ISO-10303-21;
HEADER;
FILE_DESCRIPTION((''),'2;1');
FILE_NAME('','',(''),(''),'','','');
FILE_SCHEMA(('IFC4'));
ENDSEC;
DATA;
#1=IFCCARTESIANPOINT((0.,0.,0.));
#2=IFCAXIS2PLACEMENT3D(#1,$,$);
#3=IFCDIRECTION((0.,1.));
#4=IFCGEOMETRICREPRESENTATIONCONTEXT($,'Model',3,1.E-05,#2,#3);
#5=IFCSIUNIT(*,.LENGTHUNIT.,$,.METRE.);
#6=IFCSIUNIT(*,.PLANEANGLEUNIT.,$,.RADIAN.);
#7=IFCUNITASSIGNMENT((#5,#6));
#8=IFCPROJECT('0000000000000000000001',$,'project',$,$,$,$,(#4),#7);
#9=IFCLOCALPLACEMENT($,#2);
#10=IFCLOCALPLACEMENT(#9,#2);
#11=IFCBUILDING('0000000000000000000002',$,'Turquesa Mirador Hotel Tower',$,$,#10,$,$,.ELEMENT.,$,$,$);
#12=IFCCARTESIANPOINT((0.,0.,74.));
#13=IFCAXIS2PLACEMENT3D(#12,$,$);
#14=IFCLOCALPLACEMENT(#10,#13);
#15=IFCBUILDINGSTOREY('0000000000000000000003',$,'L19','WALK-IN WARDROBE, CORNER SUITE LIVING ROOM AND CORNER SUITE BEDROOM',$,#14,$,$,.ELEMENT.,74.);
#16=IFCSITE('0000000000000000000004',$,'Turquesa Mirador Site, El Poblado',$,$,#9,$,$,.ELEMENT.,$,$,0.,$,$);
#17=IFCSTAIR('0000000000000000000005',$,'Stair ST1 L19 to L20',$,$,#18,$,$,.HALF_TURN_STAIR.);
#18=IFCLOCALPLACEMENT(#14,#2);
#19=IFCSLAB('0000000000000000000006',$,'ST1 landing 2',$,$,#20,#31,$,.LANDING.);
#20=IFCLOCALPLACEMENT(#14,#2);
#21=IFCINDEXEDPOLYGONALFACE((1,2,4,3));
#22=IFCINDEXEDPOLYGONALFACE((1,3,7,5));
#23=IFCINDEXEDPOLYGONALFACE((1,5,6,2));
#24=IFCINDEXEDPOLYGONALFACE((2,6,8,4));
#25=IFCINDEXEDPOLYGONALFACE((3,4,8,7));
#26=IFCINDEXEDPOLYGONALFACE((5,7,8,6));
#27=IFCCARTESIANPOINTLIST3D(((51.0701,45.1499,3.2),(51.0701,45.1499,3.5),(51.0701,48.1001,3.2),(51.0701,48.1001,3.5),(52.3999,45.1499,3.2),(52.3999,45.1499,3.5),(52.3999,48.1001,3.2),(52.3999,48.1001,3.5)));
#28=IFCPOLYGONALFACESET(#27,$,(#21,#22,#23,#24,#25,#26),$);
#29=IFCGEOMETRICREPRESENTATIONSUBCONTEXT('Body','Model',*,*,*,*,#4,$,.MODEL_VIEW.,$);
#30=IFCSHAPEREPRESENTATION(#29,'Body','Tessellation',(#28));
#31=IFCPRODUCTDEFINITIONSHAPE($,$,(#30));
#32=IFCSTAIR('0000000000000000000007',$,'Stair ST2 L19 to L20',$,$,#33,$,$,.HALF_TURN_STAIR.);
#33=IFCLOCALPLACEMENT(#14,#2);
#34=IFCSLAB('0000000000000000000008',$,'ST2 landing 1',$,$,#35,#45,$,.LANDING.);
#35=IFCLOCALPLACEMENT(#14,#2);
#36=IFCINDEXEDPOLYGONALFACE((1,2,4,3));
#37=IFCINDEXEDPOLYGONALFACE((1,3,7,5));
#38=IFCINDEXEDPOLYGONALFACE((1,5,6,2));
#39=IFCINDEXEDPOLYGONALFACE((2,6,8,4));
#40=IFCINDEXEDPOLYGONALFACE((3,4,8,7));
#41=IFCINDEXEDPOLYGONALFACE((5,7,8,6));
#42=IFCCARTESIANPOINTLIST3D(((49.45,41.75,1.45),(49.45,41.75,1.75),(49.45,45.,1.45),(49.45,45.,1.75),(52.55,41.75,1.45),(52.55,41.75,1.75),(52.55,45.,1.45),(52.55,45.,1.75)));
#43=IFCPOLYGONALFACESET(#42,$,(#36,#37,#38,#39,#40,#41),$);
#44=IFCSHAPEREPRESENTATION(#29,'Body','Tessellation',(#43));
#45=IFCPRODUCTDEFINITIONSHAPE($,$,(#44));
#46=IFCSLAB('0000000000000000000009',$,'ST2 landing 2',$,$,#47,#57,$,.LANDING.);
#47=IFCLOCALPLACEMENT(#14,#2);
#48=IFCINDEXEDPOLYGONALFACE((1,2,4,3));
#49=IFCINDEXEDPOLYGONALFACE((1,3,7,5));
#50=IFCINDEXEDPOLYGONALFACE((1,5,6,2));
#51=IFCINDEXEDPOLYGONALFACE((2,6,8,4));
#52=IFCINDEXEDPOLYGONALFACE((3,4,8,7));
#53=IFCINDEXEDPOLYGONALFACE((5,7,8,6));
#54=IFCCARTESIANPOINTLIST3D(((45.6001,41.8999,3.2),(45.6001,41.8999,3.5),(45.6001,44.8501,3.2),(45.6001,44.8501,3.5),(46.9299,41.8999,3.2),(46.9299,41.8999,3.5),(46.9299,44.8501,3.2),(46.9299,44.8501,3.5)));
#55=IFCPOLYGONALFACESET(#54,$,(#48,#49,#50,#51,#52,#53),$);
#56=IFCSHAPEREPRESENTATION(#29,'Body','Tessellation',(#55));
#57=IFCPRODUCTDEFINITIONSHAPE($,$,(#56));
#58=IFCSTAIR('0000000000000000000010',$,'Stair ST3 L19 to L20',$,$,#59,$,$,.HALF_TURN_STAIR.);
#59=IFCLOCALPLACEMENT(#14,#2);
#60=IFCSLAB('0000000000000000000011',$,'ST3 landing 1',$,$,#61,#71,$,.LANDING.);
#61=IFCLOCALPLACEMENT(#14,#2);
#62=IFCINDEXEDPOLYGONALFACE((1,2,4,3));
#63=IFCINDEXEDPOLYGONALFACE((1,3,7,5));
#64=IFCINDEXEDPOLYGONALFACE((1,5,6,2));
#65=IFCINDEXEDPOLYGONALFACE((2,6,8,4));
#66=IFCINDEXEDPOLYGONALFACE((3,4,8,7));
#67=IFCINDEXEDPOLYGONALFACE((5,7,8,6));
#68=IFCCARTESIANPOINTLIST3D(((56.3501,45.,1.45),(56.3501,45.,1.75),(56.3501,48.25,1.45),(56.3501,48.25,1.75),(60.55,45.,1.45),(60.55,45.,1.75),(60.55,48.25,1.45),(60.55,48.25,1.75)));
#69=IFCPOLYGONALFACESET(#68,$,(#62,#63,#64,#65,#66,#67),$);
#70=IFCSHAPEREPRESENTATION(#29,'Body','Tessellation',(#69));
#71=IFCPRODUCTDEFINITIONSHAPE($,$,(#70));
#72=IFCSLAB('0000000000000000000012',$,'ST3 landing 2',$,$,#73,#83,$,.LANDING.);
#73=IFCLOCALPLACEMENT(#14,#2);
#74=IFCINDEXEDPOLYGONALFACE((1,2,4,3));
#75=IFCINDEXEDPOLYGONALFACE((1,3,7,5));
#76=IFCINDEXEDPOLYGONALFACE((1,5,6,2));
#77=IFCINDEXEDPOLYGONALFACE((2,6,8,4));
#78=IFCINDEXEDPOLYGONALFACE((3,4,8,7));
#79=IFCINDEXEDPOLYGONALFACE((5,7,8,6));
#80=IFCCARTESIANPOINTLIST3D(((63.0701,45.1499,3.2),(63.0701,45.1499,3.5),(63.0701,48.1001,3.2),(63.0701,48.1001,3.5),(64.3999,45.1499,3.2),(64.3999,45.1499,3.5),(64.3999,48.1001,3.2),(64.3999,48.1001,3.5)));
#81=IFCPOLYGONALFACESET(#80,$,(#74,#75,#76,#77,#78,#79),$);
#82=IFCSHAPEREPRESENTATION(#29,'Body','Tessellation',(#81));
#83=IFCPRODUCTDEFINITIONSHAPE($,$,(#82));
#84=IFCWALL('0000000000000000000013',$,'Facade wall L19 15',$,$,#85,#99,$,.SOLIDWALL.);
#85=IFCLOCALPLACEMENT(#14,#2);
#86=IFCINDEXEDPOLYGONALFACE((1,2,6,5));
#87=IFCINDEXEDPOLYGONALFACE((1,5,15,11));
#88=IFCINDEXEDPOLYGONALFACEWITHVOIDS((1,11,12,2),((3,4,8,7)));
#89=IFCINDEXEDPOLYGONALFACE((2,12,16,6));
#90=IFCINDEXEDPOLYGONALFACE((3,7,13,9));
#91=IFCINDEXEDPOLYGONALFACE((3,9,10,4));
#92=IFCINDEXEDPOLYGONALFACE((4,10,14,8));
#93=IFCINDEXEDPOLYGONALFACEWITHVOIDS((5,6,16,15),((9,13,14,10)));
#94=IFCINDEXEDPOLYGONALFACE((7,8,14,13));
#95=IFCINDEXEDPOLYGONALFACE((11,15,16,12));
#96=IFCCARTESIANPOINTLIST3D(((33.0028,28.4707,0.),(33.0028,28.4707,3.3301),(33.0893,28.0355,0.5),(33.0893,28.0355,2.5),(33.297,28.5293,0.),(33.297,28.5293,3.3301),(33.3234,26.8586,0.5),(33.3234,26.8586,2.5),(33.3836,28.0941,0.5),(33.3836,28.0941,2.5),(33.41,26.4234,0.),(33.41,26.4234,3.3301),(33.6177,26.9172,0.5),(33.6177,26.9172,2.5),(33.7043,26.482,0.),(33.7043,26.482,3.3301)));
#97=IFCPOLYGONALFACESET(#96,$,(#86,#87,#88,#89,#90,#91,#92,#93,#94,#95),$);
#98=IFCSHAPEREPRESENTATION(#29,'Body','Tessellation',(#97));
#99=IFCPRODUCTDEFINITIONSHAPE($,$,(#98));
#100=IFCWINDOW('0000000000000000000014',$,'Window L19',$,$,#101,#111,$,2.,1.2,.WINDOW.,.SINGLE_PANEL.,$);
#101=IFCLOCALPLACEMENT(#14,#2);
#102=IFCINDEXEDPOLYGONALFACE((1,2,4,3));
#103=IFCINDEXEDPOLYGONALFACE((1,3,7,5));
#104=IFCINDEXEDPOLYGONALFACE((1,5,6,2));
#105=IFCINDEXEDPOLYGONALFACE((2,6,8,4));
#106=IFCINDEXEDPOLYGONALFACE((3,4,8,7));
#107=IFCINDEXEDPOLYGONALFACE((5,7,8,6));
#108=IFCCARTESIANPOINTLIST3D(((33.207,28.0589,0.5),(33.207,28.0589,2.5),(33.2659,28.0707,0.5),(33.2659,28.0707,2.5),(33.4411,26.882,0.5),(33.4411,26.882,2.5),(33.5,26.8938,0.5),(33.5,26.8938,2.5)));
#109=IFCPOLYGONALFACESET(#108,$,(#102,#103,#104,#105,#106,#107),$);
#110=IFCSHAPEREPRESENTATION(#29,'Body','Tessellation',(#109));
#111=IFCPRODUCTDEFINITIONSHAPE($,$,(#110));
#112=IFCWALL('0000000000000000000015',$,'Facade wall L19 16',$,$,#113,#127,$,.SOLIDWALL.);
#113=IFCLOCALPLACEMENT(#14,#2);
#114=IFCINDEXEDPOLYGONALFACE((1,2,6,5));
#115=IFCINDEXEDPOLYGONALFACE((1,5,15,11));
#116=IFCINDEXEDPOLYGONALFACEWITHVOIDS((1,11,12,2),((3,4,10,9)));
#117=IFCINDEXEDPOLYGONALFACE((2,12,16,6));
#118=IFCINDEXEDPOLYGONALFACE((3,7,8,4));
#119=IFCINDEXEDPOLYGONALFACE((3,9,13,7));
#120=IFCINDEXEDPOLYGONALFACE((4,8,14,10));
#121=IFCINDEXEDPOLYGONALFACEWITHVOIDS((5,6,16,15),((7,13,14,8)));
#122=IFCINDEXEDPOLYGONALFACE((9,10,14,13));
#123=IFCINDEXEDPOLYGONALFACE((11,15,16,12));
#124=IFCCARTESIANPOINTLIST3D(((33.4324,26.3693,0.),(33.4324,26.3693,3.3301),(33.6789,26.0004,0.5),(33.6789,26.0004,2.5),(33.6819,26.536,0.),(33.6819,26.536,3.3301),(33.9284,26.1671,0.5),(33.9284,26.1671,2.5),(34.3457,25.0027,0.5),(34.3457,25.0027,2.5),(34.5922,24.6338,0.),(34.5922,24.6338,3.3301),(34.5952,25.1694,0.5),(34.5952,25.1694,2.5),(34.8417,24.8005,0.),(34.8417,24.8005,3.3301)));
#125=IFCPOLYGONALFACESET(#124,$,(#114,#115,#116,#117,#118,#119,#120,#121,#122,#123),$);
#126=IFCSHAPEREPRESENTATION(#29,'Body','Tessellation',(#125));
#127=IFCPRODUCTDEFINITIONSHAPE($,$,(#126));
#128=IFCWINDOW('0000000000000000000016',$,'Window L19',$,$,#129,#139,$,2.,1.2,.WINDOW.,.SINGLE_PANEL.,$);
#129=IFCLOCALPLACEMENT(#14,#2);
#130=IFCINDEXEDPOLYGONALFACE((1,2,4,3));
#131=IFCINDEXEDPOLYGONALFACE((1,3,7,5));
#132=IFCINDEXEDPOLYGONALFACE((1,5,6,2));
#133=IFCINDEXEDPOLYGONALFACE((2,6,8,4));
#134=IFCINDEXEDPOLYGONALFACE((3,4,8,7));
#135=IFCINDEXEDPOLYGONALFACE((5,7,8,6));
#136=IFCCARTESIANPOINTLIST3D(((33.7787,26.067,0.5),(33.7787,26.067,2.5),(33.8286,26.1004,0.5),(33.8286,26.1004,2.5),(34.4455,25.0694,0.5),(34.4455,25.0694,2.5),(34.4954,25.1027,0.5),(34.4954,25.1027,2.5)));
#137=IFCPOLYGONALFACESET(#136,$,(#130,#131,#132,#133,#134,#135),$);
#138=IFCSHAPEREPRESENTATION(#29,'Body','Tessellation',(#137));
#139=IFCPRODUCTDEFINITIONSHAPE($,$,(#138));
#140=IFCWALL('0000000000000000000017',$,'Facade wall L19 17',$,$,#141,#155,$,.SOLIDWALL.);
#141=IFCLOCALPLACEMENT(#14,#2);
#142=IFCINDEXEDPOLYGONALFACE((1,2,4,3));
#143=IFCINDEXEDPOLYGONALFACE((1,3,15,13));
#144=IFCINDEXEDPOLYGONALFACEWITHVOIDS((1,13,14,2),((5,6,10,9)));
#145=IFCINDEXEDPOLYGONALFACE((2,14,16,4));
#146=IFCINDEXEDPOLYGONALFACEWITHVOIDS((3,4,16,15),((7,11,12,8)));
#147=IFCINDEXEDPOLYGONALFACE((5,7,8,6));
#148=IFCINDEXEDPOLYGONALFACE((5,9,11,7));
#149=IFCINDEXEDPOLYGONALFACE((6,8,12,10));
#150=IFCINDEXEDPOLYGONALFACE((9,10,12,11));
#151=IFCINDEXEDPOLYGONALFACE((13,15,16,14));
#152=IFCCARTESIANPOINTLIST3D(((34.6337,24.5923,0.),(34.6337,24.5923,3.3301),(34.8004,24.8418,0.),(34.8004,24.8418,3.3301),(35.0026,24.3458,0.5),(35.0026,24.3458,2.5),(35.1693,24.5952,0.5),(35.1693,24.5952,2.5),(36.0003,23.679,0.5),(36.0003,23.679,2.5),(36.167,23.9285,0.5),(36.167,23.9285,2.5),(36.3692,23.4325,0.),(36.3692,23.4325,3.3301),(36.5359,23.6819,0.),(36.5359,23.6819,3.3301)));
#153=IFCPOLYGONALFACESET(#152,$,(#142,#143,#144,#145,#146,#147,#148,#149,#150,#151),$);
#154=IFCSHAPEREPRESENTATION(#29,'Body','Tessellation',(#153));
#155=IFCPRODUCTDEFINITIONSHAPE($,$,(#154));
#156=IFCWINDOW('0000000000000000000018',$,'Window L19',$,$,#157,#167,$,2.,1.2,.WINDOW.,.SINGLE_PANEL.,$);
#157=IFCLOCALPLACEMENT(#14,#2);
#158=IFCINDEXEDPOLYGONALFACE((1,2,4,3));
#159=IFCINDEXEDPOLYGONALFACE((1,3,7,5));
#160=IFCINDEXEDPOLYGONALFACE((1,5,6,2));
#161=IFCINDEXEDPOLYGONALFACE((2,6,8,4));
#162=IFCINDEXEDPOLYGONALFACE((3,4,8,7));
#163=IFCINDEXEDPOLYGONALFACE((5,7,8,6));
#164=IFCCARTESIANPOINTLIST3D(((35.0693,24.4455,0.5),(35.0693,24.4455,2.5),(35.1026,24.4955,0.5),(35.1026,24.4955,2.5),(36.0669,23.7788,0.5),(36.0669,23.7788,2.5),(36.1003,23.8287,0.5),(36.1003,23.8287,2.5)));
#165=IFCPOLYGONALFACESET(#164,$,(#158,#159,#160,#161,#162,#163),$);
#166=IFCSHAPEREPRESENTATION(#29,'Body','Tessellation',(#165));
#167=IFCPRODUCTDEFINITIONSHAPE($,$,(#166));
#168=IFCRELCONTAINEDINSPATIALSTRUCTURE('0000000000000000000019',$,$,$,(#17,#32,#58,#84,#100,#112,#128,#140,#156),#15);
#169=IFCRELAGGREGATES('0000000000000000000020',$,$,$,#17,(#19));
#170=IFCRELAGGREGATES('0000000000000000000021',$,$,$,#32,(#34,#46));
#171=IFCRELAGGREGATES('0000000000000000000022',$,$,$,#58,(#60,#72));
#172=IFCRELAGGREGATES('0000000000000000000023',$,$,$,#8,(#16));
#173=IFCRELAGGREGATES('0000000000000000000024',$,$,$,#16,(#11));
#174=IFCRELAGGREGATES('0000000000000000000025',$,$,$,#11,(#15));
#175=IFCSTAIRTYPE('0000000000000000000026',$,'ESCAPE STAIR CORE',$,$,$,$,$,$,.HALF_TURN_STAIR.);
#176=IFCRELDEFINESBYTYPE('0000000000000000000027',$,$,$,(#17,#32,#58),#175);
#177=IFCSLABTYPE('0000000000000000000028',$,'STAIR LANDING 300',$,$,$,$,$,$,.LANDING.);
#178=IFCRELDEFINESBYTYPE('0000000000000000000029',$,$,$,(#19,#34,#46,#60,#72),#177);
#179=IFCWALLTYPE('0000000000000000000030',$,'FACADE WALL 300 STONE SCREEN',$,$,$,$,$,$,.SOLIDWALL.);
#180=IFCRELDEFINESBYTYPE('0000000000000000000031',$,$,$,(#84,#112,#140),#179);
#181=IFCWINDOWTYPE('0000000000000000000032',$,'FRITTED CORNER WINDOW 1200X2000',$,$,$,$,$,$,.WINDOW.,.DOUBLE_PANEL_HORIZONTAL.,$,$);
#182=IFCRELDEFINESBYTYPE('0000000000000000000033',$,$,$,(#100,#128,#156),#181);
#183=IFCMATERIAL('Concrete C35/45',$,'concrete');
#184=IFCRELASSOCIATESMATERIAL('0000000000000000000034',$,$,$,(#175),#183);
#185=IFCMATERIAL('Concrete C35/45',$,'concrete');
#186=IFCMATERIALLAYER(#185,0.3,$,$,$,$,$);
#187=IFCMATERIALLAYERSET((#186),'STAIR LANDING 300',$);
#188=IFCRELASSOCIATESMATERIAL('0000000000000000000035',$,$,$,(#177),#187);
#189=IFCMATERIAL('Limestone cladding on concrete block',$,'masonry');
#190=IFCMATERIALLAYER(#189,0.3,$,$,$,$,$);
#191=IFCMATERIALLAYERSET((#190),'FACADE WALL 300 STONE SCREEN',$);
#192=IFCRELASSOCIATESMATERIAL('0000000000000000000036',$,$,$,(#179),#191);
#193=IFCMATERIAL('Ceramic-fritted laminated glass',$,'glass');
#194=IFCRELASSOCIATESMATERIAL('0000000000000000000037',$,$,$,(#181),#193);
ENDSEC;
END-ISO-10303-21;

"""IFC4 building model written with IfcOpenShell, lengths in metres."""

from ifc_helpers import new_model, si_unit, direction, frame, frame_2d, origin, place, context, subcontext, project, spatial, polyline, rectangle, outline, extrude, material, layer, layer_set, type_object, element, fill, aggregate, save


model = new_model("IFC4")

# Units and contexts
model_context = context("Model", 3, precision=1e-05, world=origin(), true_north=direction((0.0, 1.0)))
body_context = subcontext(model_context, "Body", "Model", "MODEL_VIEW")
ifc_project = project(units=[si_unit("LENGTHUNIT", "METRE"), si_unit("PLANEANGLEUNIT", "RADIAN")], contexts=[model_context])

# Site, building, storey
site_placement = place(None, origin())
site = spatial("IfcSite", under=ifc_project, at=site_placement, Name="Turquesa Mirador Site, El Poblado", CompositionType="ELEMENT", RefElevation=0.0)
building_placement = place(site_placement, origin())
building = spatial("IfcBuilding", under=site, at=building_placement, Name="Turquesa Mirador Hotel Tower", CompositionType="ELEMENT")
storey_placement = place(building_placement, frame((0.0, 0.0, 74.0)))
storey = spatial("IfcBuildingStorey", under=building, at=storey_placement, Name="L19", Description="WALK-IN WARDROBE, CORNER SUITE LIVING ROOM AND CORNER SUITE BEDROOM", CompositionType="ELEMENT", Elevation=74.0)

# Stairs, slabs
ifc_material_1 = material(Name="Concrete C35/45", Category="concrete")
stair_type = type_object("IfcStairType", Name="ESCAPE STAIR CORE", PredefinedType="HALF_TURN_STAIR", material=ifc_material_1)
stair_1_placement = place(storey_placement, origin())
stair_1 = element("IfcStair", 1, at=stair_1_placement, inside=storey, type_object=stair_type, Name="Stair ST1 L19 to L20", PredefinedType="HALF_TURN_STAIR")
ifc_material_2 = material(Name="Concrete C35/45", Category="concrete")
ifc_layer_1 = layer(ifc_material_2, 0.3)
ifc_layer_set_1 = layer_set([ifc_layer_1], Name="STAIR LANDING 300")
slab_type_1 = type_object("IfcSlabType", Name="STAIR LANDING 300", PredefinedType="LANDING", material=ifc_layer_set_1)
slab_1_placement = place(storey_placement, frame((0.0, 0.0, 3.2)))
slab_1 = element("IfcSlab", 2, at=slab_1_placement, type_object=slab_type_1, Name="ST1 landing 2", PredefinedType="LANDING", context=body_context, shape_type="SweptSolid", body=[
    extrude(outline(polyline([(51.0701, 45.1499), (52.3999, 45.1499), (52.3999, 48.1001), (51.0701, 48.1001), (51.0701, 45.1499)])), origin(), (0.0, 0.0, 1.0), 0.3),
])
aggregate(stair_1, [slab_1])
stair_2_placement = place(storey_placement, origin())
stair_2 = element("IfcStair", 3, at=stair_2_placement, inside=storey, type_object=stair_type, Name="Stair ST2 L19 to L20", PredefinedType="HALF_TURN_STAIR")
slab_2_placement = place(storey_placement, frame((0.0, 0.0, 1.45)))
slab_2 = element("IfcSlab", 4, at=slab_2_placement, type_object=slab_type_1, Name="ST2 landing 1", PredefinedType="LANDING", context=body_context, shape_type="SweptSolid", body=[
    extrude(outline(polyline([(52.55, 45.0), (49.45, 45.0), (49.45, 41.75), (52.55, 41.75), (52.55, 45.0)])), origin(), (0.0, 0.0, 1.0), 0.3),
])
slab_3_placement = place(storey_placement, frame((0.0, 0.0, 3.2)))
slab_3 = element("IfcSlab", 5, at=slab_3_placement, type_object=slab_type_1, Name="ST2 landing 2", PredefinedType="LANDING", context=body_context, shape_type="SweptSolid", body=[
    extrude(outline(polyline([(46.9299, 44.8501), (45.6001, 44.8501), (45.6001, 41.8999), (46.9299, 41.8999), (46.9299, 44.8501)])), origin(), (0.0, 0.0, 1.0), 0.3),
])
aggregate(stair_2, [slab_2, slab_3])
stair_3_placement = place(storey_placement, origin())
stair_3 = element("IfcStair", 6, at=stair_3_placement, inside=storey, type_object=stair_type, Name="Stair ST3 L19 to L20", PredefinedType="HALF_TURN_STAIR")
slab_4_placement = place(storey_placement, frame((0.0, 0.0, 1.45)))
slab_4 = element("IfcSlab", 7, at=slab_4_placement, type_object=slab_type_1, Name="ST3 landing 1", PredefinedType="LANDING", context=body_context, shape_type="SweptSolid", body=[
    extrude(outline(polyline([(56.3501, 45.0), (60.55, 45.0), (60.55, 48.25), (56.3501, 48.25), (56.3501, 45.0)])), origin(), (0.0, 0.0, 1.0), 0.3),
])
slab_5_placement = place(storey_placement, frame((0.0, 0.0, 3.2)))
slab_5 = element("IfcSlab", 8, at=slab_5_placement, type_object=slab_type_1, Name="ST3 landing 2", PredefinedType="LANDING", context=body_context, shape_type="SweptSolid", body=[
    extrude(outline(polyline([(63.0701, 45.1499), (64.3999, 45.1499), (64.3999, 48.1001), (63.0701, 48.1001), (63.0701, 45.1499)])), origin(), (0.0, 0.0, 1.0), 0.3),
])
aggregate(stair_3, [slab_4, slab_5])

# Walls, openings, windows
ifc_material_3 = material(Name="Limestone cladding on concrete block", Category="masonry")
ifc_layer_2 = layer(ifc_material_3, 0.3)
ifc_layer_set_2 = layer_set([ifc_layer_2], Name="FACADE WALL 300 STONE SCREEN")
wall_type_1 = type_object("IfcWallType", Name="FACADE WALL 300 STONE SCREEN", PredefinedType="SOLIDWALL", material=ifc_layer_set_2)
wall_1_placement = place(storey_placement, frame((33.1499, 28.5, 0.0), z_axis=(0.0, 0.0, 1.0), x_axis=(0.195081, -0.980787, 0.0)))
wall_1 = element("IfcWall", 9, at=wall_1_placement, inside=storey, type_object=wall_type_1, Name="Facade wall L19 15", PredefinedType="SOLIDWALL", context=body_context, shape_type="SweptSolid", body=[
    extrude(rectangle(XDim=2.0874, YDim=0.3, at=frame_2d((1.0437, 0.0))), origin(), (0.0, 0.0, 1.0), 3.3301),
])
opening_1_placement = place(wall_1_placement, frame((0.4436, 0.0, 0.5)))
opening_1 = element("IfcOpeningElement", 10, at=opening_1_placement, cuts=wall_1, PredefinedType="OPENING", context=body_context, shape_type="SweptSolid", body=[
    extrude(rectangle(XDim=1.2, YDim=2.0, at=frame_2d((0.6001, 1.0))), frame((0.0, 0.1599, 0.0), z_axis=(0.0, -1.0, 0.0), x_axis=(1.0, 0.0, 0.0)), (0.0, 0.0, 1.0), 0.3201),
])
ifc_material_4 = material(Name="Ceramic-fritted laminated glass", Category="glass")
window_type_1 = type_object("IfcWindowType", Name="FRITTED CORNER WINDOW 1200X2000", PartitioningType="DOUBLE_PANEL_HORIZONTAL", PredefinedType="WINDOW", material=ifc_material_4)
window_1_placement = place(opening_1_placement, origin())
window_1 = element("IfcWindow", 11, at=window_1_placement, inside=storey, type_object=window_type_1, Name="Window L19", OverallHeight=2.0, OverallWidth=1.2, PartitioningType="SINGLE_PANEL", PredefinedType="WINDOW", context=body_context, shape_type="SweptSolid", body=[
    extrude(rectangle(XDim=1.2, YDim=2.0, at=frame_2d((0.6001, 1.0))), frame((0.0, 0.03, 0.0), z_axis=(0.0, -1.0, 0.0), x_axis=(1.0, 0.0, 0.0)), (0.0, 0.0, 1.0), 0.0601),
])
fill(opening_1, window_1)
wall_2_placement = place(storey_placement, frame((33.5571, 26.4526, 0.0), z_axis=(0.0, 0.0, 1.0), x_axis=(0.555644, -0.83142, 0.0)))
wall_2 = element("IfcWall", 12, at=wall_2_placement, inside=storey, type_object=wall_type_1, Name="Facade wall L19 16", PredefinedType="SOLIDWALL", context=body_context, shape_type="SweptSolid", body=[
    extrude(rectangle(XDim=2.0874, YDim=0.3, at=frame_2d((1.0437, 0.0))), origin(), (0.0, 0.0, 1.0), 3.3301),
])
opening_2_placement = place(wall_2_placement, frame((0.4436, 0.0, 0.5)))
opening_2 = element("IfcOpeningElement", 13, at=opening_2_placement, cuts=wall_2, PredefinedType="OPENING", context=body_context, shape_type="SweptSolid", body=[
    extrude(rectangle(XDim=1.2, YDim=2.0, at=frame_2d((0.6001, 1.0))), frame((0.0, 0.1599, 0.0), z_axis=(0.0, -1.0, 0.0), x_axis=(1.0, 0.0, 0.0)), (0.0, 0.0, 1.0), 0.3201),
])
window_2_placement = place(opening_2_placement, origin())
window_2 = element("IfcWindow", 14, at=window_2_placement, inside=storey, type_object=window_type_1, Name="Window L19", OverallHeight=2.0, OverallWidth=1.2, PartitioningType="SINGLE_PANEL", PredefinedType="WINDOW", context=body_context, shape_type="SweptSolid", body=[
    extrude(rectangle(XDim=1.2, YDim=2.0, at=frame_2d((0.6001, 1.0))), frame((0.0, 0.03, 0.0), z_axis=(0.0, -1.0, 0.0), x_axis=(1.0, 0.0, 0.0)), (0.0, 0.0, 1.0), 0.0601),
])
fill(opening_2, window_2)
wall_3_placement = place(storey_placement, frame((34.717, 24.717, 0.0), z_axis=(0.0, 0.0, 1.0), x_axis=(0.83142, -0.555644, 0.0)))
wall_3 = element("IfcWall", 15, at=wall_3_placement, inside=storey, type_object=wall_type_1, Name="Facade wall L19 17", PredefinedType="SOLIDWALL", context=body_context, shape_type="SweptSolid", body=[
    extrude(rectangle(XDim=2.0874, YDim=0.3, at=frame_2d((1.0437, 0.0))), origin(), (0.0, 0.0, 1.0), 3.3301),
])
opening_3_placement = place(wall_3_placement, frame((0.4436, 0.0, 0.5)))
opening_3 = element("IfcOpeningElement", 16, at=opening_3_placement, cuts=wall_3, PredefinedType="OPENING", context=body_context, shape_type="SweptSolid", body=[
    extrude(rectangle(XDim=1.2, YDim=2.0, at=frame_2d((0.6001, 1.0))), frame((0.0, 0.1599, 0.0), z_axis=(0.0, -1.0, 0.0), x_axis=(1.0, 0.0, 0.0)), (0.0, 0.0, 1.0), 0.3201),
])
window_3_placement = place(opening_3_placement, origin())
window_3 = element("IfcWindow", 17, at=window_3_placement, inside=storey, type_object=window_type_1, Name="Window L19", OverallHeight=2.0, OverallWidth=1.2, PartitioningType="SINGLE_PANEL", PredefinedType="WINDOW", context=body_context, shape_type="SweptSolid", body=[
    extrude(rectangle(XDim=1.2, YDim=2.0, at=frame_2d((0.6001, 1.0))), frame((0.0, 0.03, 0.0), z_axis=(0.0, -1.0, 0.0), x_axis=(1.0, 0.0, 0.0)), (0.0, 0.0, 1.0), 0.0601),
])
fill(opening_3, window_3)

save(model, "model.ifc")
